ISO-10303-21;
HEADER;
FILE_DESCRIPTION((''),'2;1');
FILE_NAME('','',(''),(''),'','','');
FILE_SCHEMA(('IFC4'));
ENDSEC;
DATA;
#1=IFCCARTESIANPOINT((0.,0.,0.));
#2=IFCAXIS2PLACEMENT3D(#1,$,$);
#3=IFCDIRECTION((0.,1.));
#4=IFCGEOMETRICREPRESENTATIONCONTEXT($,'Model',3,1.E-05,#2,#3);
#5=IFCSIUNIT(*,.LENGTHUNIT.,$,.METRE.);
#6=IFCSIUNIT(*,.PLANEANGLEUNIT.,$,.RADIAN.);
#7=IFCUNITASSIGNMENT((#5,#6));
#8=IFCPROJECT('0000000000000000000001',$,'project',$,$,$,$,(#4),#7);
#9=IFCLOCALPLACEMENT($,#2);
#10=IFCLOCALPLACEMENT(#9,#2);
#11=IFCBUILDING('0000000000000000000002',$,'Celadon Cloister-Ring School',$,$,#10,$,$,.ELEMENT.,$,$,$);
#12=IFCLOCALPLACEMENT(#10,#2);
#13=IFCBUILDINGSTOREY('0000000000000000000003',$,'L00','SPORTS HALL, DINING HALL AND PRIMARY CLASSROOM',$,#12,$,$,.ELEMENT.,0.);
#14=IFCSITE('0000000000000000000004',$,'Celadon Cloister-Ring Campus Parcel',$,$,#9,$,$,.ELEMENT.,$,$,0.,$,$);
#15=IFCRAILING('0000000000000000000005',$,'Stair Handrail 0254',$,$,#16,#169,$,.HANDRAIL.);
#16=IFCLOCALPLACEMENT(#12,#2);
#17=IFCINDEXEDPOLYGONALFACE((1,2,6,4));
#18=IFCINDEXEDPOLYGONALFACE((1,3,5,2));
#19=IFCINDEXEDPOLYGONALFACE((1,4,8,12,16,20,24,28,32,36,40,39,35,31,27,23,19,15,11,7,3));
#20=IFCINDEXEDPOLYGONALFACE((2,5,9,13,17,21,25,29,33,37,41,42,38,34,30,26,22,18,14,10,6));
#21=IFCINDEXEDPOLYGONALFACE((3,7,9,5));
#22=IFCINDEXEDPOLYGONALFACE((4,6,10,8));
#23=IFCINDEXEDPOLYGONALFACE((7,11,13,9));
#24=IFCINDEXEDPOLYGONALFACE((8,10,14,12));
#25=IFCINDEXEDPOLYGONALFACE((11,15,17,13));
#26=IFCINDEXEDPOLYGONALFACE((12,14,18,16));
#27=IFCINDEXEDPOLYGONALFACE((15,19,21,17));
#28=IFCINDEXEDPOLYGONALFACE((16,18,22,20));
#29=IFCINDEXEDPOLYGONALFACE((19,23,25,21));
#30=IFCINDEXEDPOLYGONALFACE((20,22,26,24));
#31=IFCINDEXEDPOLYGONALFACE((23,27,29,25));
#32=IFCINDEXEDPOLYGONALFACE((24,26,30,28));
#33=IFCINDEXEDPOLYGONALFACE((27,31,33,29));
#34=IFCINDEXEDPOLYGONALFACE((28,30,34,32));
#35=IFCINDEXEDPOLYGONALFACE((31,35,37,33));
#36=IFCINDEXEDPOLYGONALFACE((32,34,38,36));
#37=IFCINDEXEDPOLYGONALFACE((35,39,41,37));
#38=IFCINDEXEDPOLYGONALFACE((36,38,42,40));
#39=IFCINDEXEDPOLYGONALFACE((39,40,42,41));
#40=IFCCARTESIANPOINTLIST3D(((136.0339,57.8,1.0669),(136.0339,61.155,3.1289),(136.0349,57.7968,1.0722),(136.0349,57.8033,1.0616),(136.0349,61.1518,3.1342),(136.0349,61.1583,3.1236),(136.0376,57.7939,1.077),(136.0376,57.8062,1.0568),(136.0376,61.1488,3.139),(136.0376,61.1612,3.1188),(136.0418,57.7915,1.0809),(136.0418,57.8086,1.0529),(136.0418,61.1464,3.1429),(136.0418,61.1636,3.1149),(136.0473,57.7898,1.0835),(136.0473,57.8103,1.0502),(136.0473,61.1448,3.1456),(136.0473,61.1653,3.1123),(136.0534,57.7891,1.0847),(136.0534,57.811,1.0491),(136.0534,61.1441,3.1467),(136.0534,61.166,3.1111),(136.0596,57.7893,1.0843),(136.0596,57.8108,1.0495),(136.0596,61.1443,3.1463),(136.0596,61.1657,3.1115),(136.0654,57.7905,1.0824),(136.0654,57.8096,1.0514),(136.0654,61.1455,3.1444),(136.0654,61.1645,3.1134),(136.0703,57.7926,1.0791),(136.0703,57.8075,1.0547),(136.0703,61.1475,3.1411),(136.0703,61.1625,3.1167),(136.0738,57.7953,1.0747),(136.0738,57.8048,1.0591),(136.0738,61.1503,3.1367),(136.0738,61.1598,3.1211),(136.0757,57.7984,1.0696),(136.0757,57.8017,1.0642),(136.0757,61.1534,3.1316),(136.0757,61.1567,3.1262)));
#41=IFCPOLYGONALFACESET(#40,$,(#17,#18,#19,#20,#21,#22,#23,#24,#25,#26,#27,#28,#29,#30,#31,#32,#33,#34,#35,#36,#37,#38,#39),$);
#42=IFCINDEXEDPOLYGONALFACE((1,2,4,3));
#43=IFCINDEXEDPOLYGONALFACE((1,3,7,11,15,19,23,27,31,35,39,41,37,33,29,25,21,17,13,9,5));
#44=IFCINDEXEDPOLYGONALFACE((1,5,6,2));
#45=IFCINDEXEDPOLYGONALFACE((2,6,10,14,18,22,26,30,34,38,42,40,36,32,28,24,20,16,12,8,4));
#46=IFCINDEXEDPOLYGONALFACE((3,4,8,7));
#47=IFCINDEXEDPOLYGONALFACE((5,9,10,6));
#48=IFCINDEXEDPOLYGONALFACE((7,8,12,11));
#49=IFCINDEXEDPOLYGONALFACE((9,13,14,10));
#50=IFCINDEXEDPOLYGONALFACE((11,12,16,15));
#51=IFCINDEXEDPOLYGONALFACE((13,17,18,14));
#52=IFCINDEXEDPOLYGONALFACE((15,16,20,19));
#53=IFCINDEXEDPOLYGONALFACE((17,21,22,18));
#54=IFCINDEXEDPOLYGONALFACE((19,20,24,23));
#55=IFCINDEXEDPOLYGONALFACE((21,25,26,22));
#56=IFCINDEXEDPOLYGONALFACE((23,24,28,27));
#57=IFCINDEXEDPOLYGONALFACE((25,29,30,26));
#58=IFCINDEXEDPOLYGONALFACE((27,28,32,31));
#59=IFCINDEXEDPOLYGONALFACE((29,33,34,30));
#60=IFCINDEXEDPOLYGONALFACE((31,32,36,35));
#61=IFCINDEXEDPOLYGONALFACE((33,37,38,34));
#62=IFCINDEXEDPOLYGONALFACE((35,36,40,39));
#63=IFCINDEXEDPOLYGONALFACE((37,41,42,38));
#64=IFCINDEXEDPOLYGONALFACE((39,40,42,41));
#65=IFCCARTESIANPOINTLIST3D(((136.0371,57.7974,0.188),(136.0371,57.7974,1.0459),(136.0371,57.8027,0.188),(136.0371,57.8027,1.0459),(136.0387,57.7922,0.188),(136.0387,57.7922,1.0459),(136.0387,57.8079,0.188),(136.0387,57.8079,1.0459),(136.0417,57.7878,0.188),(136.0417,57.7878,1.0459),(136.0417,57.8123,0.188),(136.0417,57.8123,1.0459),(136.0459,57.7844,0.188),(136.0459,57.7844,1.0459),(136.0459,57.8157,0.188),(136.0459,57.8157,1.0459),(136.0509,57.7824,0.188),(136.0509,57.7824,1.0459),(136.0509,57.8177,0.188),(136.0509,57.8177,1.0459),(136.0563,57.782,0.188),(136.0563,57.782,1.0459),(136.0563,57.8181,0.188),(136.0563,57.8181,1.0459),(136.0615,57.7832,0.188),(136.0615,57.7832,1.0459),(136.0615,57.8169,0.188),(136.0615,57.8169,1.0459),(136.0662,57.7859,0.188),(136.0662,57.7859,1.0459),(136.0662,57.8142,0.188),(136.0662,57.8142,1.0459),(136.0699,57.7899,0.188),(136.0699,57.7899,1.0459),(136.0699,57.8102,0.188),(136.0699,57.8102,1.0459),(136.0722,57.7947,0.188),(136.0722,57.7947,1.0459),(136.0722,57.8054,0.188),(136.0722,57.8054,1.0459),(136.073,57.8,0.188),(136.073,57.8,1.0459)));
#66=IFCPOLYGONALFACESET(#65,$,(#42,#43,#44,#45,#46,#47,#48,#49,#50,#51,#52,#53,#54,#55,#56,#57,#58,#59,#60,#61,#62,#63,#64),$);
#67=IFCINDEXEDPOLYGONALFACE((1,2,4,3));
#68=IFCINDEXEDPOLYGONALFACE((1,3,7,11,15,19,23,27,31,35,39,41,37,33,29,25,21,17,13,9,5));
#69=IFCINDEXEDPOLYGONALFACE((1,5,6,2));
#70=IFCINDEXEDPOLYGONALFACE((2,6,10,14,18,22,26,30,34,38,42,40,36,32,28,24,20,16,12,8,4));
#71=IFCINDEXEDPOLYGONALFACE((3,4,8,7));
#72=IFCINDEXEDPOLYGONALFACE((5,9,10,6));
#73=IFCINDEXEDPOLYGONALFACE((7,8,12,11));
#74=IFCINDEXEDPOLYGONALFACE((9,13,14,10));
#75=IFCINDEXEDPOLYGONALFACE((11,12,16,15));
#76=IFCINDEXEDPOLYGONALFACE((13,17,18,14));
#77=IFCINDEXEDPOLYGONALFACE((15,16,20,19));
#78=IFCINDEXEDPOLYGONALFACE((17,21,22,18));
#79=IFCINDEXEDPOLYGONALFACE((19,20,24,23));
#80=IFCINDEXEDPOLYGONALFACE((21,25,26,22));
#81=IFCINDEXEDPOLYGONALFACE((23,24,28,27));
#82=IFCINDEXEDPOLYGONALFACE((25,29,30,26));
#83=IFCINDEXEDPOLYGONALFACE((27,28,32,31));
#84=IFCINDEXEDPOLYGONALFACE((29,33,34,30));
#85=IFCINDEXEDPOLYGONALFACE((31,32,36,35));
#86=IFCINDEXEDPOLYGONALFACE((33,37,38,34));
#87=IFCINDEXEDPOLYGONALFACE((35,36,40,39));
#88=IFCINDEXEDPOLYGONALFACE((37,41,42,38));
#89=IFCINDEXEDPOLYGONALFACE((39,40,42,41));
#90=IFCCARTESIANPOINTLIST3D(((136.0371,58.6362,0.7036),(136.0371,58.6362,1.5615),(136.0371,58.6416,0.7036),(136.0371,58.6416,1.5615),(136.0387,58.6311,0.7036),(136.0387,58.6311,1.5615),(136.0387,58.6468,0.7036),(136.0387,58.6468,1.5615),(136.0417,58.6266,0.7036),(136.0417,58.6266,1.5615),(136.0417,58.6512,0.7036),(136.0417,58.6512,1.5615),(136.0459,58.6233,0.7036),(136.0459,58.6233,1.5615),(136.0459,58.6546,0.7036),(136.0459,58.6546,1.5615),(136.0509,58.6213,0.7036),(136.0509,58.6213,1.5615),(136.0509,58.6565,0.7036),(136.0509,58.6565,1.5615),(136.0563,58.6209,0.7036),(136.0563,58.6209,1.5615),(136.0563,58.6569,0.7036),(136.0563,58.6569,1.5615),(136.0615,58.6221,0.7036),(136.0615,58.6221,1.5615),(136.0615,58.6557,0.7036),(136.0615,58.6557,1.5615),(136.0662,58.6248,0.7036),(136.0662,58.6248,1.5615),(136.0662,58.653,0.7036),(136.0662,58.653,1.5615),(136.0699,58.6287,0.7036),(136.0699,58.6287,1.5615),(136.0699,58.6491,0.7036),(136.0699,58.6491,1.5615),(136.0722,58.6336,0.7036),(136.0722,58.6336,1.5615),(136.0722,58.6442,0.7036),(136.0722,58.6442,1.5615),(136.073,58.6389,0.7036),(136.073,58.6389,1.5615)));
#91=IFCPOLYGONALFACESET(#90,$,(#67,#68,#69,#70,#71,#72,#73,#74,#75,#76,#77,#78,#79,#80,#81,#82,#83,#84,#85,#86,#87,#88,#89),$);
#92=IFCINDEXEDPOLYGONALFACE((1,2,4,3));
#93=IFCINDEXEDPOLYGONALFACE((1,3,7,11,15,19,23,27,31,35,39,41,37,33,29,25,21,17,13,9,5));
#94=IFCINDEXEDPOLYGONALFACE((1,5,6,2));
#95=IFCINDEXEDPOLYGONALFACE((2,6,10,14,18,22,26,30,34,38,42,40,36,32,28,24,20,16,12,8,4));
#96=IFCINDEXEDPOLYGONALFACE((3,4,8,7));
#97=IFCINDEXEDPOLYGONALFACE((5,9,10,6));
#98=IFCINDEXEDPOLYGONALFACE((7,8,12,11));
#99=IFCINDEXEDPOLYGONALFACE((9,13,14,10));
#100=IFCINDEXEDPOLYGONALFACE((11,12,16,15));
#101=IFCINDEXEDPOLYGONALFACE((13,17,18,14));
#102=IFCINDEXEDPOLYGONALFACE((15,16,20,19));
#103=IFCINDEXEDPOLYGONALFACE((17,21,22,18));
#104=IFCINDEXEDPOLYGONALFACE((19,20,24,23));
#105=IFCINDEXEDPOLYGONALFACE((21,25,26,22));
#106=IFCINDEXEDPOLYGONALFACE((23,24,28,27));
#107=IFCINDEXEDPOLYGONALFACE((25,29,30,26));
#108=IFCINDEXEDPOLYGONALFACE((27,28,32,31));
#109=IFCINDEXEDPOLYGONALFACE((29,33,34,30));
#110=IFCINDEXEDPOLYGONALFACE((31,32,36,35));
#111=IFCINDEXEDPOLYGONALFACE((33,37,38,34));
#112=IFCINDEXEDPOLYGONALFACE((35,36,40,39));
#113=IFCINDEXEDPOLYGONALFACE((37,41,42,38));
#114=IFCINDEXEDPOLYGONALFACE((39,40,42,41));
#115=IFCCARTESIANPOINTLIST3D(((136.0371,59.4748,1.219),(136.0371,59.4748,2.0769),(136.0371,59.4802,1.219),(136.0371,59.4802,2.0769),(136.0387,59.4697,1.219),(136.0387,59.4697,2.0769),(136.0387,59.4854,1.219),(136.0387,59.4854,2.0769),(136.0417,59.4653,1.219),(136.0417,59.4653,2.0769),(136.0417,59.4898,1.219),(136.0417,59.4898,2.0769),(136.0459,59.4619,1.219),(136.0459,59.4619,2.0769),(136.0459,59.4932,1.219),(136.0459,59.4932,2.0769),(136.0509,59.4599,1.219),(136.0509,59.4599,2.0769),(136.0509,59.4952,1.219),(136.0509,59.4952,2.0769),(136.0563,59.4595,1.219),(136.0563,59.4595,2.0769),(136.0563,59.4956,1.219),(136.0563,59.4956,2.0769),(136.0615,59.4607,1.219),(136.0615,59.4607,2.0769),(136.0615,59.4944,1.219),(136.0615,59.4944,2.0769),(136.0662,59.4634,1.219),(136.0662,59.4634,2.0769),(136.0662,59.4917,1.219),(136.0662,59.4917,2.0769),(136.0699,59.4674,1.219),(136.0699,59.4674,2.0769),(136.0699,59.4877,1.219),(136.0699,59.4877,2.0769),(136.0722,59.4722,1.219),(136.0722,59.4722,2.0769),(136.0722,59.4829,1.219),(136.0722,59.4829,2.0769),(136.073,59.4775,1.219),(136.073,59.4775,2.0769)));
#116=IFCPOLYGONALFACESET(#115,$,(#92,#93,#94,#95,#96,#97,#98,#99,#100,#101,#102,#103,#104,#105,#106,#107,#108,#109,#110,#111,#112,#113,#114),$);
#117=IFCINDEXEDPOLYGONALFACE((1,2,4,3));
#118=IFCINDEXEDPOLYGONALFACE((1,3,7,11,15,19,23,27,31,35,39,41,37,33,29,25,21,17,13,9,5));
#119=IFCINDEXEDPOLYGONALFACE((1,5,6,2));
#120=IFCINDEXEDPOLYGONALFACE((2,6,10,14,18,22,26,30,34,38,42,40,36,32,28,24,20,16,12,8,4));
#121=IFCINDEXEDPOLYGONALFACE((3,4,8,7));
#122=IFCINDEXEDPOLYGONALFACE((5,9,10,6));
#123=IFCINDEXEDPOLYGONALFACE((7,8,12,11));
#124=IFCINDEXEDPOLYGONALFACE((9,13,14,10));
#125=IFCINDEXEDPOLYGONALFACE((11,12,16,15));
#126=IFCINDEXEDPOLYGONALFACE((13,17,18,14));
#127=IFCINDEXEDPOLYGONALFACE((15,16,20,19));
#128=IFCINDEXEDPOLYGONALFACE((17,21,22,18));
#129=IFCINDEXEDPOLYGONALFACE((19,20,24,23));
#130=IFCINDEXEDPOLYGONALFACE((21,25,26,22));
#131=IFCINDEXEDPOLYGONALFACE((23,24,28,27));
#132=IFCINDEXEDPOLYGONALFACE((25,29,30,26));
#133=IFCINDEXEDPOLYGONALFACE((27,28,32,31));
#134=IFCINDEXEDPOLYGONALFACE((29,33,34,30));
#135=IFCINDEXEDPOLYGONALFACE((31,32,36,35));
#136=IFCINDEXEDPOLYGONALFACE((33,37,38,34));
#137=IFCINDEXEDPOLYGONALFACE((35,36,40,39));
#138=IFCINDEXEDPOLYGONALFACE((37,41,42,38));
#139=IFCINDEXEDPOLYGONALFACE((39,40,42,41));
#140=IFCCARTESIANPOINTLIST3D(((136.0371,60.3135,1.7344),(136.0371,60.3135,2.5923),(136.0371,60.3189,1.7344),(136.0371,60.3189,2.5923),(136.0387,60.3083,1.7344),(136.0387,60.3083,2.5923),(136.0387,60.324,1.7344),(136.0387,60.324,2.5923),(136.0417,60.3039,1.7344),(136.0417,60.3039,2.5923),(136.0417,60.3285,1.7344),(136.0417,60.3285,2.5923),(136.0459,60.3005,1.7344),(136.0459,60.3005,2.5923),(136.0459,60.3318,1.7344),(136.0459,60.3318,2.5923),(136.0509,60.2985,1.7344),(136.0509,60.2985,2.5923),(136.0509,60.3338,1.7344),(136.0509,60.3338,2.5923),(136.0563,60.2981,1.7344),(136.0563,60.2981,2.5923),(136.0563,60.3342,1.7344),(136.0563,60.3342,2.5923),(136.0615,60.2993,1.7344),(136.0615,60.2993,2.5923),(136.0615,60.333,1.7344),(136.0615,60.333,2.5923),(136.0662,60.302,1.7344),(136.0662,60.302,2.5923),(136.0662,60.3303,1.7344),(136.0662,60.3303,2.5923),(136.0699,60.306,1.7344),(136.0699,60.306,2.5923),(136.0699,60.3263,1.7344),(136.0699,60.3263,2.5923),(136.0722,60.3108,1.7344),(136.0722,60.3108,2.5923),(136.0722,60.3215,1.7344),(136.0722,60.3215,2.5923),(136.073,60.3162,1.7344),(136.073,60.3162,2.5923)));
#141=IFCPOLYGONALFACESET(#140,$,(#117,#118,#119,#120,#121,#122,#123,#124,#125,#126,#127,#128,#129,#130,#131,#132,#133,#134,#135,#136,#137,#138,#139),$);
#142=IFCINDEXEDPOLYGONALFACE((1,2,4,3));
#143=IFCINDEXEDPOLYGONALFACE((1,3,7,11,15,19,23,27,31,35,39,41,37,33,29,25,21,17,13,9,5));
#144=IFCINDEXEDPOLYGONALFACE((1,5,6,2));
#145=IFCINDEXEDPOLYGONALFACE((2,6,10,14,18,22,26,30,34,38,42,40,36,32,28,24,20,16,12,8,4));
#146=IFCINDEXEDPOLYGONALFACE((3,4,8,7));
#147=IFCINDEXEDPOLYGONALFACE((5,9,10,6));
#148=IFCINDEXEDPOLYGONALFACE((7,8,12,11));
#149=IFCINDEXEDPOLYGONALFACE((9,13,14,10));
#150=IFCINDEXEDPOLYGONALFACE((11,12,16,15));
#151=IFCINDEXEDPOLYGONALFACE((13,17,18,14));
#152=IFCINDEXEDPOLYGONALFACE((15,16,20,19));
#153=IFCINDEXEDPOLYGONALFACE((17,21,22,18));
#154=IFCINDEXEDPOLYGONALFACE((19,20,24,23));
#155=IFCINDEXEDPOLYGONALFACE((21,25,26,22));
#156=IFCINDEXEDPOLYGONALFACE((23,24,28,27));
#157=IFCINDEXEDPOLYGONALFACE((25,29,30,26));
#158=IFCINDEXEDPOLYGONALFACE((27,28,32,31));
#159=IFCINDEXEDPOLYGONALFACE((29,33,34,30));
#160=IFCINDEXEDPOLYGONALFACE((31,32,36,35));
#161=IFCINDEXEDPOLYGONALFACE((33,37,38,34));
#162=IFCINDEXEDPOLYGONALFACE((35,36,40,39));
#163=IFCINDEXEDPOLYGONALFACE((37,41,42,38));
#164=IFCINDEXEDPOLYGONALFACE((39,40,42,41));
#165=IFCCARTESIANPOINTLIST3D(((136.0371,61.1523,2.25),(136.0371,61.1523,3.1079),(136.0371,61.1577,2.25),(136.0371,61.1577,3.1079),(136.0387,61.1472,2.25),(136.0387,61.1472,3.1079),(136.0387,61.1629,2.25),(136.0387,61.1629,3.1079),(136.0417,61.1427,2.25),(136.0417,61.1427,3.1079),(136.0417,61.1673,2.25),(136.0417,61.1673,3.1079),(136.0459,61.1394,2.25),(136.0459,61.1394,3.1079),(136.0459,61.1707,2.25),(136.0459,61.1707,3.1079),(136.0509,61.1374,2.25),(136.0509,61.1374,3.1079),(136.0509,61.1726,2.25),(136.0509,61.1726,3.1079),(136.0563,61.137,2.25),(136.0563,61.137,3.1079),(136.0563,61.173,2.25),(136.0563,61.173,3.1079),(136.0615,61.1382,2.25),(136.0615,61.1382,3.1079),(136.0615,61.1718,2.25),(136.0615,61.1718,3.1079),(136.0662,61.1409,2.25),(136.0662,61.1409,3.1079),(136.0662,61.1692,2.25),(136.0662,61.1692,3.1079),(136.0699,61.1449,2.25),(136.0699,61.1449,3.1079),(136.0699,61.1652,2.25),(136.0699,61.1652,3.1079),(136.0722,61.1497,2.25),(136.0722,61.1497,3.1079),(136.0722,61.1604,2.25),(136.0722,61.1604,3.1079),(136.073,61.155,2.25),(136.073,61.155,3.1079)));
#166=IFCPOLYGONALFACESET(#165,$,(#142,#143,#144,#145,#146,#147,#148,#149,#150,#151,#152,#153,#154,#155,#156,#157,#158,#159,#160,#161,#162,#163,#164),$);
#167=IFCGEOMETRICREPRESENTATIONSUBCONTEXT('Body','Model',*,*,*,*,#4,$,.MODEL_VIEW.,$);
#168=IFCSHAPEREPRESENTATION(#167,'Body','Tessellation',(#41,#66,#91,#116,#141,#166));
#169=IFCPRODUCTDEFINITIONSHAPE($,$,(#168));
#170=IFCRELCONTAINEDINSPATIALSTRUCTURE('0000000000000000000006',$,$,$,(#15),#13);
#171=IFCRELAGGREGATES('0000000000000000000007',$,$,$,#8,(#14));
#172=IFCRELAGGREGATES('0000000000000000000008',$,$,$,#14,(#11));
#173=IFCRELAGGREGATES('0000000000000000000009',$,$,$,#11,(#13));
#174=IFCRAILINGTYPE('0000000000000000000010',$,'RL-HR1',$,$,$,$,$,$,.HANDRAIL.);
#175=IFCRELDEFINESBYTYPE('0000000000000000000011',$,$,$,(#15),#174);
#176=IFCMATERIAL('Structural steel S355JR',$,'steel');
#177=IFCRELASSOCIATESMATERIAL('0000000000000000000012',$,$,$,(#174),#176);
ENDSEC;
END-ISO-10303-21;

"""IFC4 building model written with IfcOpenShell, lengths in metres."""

from ifc_helpers import new_model, si_unit, direction, frame, origin, origin_2d, place, context, subcontext, project, spatial, circle, extrude, material, type_object, element, save


model = new_model("IFC4")

# Units and contexts
model_context = context("Model", 3, precision=1e-05, world=origin(), true_north=direction((0.0, 1.0)))
body_context = subcontext(model_context, "Body", "Model", "MODEL_VIEW")
ifc_project = project(units=[si_unit("LENGTHUNIT", "METRE"), si_unit("PLANEANGLEUNIT", "RADIAN")], contexts=[model_context])

# Site, building, storey
site_placement = place(None, origin())
site = spatial("IfcSite", under=ifc_project, at=site_placement, Name="Celadon Cloister-Ring Campus Parcel", CompositionType="ELEMENT", RefElevation=0.0)
building_placement = place(site_placement, origin())
building = spatial("IfcBuilding", under=site, at=building_placement, Name="Celadon Cloister-Ring School", CompositionType="ELEMENT")
storey_placement = place(building_placement, origin())
storey = spatial("IfcBuildingStorey", under=building, at=storey_placement, Name="L00", Description="SPORTS HALL, DINING HALL AND PRIMARY CLASSROOM", CompositionType="ELEMENT", Elevation=0.0)

# Railing
ifc_material_1 = material(Name="Structural steel S355JR", Category="steel")
railing_type_1 = type_object("IfcRailingType", Name="RL-HR1", PredefinedType="HANDRAIL", material=ifc_material_1)
for number, where, name in (
    (1, (136.0549, 57.8, 0.188), "Stair Handrail 0254"),
):
    element("IfcRailing", number, at=place(storey_placement, frame(where)), inside=storey, type_object=railing_type_1, Name=name, PredefinedType="HANDRAIL", context=body_context, shape_type="SweptSolid", body=[
        extrude(circle(Radius=0.021, at=origin_2d()), frame((0.0, 0.0, 0.8789), z_axis=(0.0, 0.851952, 0.52362), x_axis=(-1.0, 0.0, 0.0)), (0.0, 0.0, 1.0), 3.938),
        extrude(circle(Radius=0.0181, at=origin_2d()), origin(), (0.0, 0.0, 1.0), 0.8579),
        extrude(circle(Radius=0.0181, at=origin_2d()), frame((0.0, 0.8389, 0.5156)), (0.0, 0.0, 1.0), 0.8579),
        extrude(circle(Radius=0.0181, at=origin_2d()), frame((0.0, 1.6775, 1.031)), (0.0, 0.0, 1.0), 0.8579),
        extrude(circle(Radius=0.0181, at=origin_2d()), frame((0.0, 2.5161, 1.5464)), (0.0, 0.0, 1.0), 0.8579),
        extrude(circle(Radius=0.0181, at=origin_2d()), frame((0.0, 3.355, 2.062)), (0.0, 0.0, 1.0), 0.8579),
    ])

save(model, "model.ifc")
